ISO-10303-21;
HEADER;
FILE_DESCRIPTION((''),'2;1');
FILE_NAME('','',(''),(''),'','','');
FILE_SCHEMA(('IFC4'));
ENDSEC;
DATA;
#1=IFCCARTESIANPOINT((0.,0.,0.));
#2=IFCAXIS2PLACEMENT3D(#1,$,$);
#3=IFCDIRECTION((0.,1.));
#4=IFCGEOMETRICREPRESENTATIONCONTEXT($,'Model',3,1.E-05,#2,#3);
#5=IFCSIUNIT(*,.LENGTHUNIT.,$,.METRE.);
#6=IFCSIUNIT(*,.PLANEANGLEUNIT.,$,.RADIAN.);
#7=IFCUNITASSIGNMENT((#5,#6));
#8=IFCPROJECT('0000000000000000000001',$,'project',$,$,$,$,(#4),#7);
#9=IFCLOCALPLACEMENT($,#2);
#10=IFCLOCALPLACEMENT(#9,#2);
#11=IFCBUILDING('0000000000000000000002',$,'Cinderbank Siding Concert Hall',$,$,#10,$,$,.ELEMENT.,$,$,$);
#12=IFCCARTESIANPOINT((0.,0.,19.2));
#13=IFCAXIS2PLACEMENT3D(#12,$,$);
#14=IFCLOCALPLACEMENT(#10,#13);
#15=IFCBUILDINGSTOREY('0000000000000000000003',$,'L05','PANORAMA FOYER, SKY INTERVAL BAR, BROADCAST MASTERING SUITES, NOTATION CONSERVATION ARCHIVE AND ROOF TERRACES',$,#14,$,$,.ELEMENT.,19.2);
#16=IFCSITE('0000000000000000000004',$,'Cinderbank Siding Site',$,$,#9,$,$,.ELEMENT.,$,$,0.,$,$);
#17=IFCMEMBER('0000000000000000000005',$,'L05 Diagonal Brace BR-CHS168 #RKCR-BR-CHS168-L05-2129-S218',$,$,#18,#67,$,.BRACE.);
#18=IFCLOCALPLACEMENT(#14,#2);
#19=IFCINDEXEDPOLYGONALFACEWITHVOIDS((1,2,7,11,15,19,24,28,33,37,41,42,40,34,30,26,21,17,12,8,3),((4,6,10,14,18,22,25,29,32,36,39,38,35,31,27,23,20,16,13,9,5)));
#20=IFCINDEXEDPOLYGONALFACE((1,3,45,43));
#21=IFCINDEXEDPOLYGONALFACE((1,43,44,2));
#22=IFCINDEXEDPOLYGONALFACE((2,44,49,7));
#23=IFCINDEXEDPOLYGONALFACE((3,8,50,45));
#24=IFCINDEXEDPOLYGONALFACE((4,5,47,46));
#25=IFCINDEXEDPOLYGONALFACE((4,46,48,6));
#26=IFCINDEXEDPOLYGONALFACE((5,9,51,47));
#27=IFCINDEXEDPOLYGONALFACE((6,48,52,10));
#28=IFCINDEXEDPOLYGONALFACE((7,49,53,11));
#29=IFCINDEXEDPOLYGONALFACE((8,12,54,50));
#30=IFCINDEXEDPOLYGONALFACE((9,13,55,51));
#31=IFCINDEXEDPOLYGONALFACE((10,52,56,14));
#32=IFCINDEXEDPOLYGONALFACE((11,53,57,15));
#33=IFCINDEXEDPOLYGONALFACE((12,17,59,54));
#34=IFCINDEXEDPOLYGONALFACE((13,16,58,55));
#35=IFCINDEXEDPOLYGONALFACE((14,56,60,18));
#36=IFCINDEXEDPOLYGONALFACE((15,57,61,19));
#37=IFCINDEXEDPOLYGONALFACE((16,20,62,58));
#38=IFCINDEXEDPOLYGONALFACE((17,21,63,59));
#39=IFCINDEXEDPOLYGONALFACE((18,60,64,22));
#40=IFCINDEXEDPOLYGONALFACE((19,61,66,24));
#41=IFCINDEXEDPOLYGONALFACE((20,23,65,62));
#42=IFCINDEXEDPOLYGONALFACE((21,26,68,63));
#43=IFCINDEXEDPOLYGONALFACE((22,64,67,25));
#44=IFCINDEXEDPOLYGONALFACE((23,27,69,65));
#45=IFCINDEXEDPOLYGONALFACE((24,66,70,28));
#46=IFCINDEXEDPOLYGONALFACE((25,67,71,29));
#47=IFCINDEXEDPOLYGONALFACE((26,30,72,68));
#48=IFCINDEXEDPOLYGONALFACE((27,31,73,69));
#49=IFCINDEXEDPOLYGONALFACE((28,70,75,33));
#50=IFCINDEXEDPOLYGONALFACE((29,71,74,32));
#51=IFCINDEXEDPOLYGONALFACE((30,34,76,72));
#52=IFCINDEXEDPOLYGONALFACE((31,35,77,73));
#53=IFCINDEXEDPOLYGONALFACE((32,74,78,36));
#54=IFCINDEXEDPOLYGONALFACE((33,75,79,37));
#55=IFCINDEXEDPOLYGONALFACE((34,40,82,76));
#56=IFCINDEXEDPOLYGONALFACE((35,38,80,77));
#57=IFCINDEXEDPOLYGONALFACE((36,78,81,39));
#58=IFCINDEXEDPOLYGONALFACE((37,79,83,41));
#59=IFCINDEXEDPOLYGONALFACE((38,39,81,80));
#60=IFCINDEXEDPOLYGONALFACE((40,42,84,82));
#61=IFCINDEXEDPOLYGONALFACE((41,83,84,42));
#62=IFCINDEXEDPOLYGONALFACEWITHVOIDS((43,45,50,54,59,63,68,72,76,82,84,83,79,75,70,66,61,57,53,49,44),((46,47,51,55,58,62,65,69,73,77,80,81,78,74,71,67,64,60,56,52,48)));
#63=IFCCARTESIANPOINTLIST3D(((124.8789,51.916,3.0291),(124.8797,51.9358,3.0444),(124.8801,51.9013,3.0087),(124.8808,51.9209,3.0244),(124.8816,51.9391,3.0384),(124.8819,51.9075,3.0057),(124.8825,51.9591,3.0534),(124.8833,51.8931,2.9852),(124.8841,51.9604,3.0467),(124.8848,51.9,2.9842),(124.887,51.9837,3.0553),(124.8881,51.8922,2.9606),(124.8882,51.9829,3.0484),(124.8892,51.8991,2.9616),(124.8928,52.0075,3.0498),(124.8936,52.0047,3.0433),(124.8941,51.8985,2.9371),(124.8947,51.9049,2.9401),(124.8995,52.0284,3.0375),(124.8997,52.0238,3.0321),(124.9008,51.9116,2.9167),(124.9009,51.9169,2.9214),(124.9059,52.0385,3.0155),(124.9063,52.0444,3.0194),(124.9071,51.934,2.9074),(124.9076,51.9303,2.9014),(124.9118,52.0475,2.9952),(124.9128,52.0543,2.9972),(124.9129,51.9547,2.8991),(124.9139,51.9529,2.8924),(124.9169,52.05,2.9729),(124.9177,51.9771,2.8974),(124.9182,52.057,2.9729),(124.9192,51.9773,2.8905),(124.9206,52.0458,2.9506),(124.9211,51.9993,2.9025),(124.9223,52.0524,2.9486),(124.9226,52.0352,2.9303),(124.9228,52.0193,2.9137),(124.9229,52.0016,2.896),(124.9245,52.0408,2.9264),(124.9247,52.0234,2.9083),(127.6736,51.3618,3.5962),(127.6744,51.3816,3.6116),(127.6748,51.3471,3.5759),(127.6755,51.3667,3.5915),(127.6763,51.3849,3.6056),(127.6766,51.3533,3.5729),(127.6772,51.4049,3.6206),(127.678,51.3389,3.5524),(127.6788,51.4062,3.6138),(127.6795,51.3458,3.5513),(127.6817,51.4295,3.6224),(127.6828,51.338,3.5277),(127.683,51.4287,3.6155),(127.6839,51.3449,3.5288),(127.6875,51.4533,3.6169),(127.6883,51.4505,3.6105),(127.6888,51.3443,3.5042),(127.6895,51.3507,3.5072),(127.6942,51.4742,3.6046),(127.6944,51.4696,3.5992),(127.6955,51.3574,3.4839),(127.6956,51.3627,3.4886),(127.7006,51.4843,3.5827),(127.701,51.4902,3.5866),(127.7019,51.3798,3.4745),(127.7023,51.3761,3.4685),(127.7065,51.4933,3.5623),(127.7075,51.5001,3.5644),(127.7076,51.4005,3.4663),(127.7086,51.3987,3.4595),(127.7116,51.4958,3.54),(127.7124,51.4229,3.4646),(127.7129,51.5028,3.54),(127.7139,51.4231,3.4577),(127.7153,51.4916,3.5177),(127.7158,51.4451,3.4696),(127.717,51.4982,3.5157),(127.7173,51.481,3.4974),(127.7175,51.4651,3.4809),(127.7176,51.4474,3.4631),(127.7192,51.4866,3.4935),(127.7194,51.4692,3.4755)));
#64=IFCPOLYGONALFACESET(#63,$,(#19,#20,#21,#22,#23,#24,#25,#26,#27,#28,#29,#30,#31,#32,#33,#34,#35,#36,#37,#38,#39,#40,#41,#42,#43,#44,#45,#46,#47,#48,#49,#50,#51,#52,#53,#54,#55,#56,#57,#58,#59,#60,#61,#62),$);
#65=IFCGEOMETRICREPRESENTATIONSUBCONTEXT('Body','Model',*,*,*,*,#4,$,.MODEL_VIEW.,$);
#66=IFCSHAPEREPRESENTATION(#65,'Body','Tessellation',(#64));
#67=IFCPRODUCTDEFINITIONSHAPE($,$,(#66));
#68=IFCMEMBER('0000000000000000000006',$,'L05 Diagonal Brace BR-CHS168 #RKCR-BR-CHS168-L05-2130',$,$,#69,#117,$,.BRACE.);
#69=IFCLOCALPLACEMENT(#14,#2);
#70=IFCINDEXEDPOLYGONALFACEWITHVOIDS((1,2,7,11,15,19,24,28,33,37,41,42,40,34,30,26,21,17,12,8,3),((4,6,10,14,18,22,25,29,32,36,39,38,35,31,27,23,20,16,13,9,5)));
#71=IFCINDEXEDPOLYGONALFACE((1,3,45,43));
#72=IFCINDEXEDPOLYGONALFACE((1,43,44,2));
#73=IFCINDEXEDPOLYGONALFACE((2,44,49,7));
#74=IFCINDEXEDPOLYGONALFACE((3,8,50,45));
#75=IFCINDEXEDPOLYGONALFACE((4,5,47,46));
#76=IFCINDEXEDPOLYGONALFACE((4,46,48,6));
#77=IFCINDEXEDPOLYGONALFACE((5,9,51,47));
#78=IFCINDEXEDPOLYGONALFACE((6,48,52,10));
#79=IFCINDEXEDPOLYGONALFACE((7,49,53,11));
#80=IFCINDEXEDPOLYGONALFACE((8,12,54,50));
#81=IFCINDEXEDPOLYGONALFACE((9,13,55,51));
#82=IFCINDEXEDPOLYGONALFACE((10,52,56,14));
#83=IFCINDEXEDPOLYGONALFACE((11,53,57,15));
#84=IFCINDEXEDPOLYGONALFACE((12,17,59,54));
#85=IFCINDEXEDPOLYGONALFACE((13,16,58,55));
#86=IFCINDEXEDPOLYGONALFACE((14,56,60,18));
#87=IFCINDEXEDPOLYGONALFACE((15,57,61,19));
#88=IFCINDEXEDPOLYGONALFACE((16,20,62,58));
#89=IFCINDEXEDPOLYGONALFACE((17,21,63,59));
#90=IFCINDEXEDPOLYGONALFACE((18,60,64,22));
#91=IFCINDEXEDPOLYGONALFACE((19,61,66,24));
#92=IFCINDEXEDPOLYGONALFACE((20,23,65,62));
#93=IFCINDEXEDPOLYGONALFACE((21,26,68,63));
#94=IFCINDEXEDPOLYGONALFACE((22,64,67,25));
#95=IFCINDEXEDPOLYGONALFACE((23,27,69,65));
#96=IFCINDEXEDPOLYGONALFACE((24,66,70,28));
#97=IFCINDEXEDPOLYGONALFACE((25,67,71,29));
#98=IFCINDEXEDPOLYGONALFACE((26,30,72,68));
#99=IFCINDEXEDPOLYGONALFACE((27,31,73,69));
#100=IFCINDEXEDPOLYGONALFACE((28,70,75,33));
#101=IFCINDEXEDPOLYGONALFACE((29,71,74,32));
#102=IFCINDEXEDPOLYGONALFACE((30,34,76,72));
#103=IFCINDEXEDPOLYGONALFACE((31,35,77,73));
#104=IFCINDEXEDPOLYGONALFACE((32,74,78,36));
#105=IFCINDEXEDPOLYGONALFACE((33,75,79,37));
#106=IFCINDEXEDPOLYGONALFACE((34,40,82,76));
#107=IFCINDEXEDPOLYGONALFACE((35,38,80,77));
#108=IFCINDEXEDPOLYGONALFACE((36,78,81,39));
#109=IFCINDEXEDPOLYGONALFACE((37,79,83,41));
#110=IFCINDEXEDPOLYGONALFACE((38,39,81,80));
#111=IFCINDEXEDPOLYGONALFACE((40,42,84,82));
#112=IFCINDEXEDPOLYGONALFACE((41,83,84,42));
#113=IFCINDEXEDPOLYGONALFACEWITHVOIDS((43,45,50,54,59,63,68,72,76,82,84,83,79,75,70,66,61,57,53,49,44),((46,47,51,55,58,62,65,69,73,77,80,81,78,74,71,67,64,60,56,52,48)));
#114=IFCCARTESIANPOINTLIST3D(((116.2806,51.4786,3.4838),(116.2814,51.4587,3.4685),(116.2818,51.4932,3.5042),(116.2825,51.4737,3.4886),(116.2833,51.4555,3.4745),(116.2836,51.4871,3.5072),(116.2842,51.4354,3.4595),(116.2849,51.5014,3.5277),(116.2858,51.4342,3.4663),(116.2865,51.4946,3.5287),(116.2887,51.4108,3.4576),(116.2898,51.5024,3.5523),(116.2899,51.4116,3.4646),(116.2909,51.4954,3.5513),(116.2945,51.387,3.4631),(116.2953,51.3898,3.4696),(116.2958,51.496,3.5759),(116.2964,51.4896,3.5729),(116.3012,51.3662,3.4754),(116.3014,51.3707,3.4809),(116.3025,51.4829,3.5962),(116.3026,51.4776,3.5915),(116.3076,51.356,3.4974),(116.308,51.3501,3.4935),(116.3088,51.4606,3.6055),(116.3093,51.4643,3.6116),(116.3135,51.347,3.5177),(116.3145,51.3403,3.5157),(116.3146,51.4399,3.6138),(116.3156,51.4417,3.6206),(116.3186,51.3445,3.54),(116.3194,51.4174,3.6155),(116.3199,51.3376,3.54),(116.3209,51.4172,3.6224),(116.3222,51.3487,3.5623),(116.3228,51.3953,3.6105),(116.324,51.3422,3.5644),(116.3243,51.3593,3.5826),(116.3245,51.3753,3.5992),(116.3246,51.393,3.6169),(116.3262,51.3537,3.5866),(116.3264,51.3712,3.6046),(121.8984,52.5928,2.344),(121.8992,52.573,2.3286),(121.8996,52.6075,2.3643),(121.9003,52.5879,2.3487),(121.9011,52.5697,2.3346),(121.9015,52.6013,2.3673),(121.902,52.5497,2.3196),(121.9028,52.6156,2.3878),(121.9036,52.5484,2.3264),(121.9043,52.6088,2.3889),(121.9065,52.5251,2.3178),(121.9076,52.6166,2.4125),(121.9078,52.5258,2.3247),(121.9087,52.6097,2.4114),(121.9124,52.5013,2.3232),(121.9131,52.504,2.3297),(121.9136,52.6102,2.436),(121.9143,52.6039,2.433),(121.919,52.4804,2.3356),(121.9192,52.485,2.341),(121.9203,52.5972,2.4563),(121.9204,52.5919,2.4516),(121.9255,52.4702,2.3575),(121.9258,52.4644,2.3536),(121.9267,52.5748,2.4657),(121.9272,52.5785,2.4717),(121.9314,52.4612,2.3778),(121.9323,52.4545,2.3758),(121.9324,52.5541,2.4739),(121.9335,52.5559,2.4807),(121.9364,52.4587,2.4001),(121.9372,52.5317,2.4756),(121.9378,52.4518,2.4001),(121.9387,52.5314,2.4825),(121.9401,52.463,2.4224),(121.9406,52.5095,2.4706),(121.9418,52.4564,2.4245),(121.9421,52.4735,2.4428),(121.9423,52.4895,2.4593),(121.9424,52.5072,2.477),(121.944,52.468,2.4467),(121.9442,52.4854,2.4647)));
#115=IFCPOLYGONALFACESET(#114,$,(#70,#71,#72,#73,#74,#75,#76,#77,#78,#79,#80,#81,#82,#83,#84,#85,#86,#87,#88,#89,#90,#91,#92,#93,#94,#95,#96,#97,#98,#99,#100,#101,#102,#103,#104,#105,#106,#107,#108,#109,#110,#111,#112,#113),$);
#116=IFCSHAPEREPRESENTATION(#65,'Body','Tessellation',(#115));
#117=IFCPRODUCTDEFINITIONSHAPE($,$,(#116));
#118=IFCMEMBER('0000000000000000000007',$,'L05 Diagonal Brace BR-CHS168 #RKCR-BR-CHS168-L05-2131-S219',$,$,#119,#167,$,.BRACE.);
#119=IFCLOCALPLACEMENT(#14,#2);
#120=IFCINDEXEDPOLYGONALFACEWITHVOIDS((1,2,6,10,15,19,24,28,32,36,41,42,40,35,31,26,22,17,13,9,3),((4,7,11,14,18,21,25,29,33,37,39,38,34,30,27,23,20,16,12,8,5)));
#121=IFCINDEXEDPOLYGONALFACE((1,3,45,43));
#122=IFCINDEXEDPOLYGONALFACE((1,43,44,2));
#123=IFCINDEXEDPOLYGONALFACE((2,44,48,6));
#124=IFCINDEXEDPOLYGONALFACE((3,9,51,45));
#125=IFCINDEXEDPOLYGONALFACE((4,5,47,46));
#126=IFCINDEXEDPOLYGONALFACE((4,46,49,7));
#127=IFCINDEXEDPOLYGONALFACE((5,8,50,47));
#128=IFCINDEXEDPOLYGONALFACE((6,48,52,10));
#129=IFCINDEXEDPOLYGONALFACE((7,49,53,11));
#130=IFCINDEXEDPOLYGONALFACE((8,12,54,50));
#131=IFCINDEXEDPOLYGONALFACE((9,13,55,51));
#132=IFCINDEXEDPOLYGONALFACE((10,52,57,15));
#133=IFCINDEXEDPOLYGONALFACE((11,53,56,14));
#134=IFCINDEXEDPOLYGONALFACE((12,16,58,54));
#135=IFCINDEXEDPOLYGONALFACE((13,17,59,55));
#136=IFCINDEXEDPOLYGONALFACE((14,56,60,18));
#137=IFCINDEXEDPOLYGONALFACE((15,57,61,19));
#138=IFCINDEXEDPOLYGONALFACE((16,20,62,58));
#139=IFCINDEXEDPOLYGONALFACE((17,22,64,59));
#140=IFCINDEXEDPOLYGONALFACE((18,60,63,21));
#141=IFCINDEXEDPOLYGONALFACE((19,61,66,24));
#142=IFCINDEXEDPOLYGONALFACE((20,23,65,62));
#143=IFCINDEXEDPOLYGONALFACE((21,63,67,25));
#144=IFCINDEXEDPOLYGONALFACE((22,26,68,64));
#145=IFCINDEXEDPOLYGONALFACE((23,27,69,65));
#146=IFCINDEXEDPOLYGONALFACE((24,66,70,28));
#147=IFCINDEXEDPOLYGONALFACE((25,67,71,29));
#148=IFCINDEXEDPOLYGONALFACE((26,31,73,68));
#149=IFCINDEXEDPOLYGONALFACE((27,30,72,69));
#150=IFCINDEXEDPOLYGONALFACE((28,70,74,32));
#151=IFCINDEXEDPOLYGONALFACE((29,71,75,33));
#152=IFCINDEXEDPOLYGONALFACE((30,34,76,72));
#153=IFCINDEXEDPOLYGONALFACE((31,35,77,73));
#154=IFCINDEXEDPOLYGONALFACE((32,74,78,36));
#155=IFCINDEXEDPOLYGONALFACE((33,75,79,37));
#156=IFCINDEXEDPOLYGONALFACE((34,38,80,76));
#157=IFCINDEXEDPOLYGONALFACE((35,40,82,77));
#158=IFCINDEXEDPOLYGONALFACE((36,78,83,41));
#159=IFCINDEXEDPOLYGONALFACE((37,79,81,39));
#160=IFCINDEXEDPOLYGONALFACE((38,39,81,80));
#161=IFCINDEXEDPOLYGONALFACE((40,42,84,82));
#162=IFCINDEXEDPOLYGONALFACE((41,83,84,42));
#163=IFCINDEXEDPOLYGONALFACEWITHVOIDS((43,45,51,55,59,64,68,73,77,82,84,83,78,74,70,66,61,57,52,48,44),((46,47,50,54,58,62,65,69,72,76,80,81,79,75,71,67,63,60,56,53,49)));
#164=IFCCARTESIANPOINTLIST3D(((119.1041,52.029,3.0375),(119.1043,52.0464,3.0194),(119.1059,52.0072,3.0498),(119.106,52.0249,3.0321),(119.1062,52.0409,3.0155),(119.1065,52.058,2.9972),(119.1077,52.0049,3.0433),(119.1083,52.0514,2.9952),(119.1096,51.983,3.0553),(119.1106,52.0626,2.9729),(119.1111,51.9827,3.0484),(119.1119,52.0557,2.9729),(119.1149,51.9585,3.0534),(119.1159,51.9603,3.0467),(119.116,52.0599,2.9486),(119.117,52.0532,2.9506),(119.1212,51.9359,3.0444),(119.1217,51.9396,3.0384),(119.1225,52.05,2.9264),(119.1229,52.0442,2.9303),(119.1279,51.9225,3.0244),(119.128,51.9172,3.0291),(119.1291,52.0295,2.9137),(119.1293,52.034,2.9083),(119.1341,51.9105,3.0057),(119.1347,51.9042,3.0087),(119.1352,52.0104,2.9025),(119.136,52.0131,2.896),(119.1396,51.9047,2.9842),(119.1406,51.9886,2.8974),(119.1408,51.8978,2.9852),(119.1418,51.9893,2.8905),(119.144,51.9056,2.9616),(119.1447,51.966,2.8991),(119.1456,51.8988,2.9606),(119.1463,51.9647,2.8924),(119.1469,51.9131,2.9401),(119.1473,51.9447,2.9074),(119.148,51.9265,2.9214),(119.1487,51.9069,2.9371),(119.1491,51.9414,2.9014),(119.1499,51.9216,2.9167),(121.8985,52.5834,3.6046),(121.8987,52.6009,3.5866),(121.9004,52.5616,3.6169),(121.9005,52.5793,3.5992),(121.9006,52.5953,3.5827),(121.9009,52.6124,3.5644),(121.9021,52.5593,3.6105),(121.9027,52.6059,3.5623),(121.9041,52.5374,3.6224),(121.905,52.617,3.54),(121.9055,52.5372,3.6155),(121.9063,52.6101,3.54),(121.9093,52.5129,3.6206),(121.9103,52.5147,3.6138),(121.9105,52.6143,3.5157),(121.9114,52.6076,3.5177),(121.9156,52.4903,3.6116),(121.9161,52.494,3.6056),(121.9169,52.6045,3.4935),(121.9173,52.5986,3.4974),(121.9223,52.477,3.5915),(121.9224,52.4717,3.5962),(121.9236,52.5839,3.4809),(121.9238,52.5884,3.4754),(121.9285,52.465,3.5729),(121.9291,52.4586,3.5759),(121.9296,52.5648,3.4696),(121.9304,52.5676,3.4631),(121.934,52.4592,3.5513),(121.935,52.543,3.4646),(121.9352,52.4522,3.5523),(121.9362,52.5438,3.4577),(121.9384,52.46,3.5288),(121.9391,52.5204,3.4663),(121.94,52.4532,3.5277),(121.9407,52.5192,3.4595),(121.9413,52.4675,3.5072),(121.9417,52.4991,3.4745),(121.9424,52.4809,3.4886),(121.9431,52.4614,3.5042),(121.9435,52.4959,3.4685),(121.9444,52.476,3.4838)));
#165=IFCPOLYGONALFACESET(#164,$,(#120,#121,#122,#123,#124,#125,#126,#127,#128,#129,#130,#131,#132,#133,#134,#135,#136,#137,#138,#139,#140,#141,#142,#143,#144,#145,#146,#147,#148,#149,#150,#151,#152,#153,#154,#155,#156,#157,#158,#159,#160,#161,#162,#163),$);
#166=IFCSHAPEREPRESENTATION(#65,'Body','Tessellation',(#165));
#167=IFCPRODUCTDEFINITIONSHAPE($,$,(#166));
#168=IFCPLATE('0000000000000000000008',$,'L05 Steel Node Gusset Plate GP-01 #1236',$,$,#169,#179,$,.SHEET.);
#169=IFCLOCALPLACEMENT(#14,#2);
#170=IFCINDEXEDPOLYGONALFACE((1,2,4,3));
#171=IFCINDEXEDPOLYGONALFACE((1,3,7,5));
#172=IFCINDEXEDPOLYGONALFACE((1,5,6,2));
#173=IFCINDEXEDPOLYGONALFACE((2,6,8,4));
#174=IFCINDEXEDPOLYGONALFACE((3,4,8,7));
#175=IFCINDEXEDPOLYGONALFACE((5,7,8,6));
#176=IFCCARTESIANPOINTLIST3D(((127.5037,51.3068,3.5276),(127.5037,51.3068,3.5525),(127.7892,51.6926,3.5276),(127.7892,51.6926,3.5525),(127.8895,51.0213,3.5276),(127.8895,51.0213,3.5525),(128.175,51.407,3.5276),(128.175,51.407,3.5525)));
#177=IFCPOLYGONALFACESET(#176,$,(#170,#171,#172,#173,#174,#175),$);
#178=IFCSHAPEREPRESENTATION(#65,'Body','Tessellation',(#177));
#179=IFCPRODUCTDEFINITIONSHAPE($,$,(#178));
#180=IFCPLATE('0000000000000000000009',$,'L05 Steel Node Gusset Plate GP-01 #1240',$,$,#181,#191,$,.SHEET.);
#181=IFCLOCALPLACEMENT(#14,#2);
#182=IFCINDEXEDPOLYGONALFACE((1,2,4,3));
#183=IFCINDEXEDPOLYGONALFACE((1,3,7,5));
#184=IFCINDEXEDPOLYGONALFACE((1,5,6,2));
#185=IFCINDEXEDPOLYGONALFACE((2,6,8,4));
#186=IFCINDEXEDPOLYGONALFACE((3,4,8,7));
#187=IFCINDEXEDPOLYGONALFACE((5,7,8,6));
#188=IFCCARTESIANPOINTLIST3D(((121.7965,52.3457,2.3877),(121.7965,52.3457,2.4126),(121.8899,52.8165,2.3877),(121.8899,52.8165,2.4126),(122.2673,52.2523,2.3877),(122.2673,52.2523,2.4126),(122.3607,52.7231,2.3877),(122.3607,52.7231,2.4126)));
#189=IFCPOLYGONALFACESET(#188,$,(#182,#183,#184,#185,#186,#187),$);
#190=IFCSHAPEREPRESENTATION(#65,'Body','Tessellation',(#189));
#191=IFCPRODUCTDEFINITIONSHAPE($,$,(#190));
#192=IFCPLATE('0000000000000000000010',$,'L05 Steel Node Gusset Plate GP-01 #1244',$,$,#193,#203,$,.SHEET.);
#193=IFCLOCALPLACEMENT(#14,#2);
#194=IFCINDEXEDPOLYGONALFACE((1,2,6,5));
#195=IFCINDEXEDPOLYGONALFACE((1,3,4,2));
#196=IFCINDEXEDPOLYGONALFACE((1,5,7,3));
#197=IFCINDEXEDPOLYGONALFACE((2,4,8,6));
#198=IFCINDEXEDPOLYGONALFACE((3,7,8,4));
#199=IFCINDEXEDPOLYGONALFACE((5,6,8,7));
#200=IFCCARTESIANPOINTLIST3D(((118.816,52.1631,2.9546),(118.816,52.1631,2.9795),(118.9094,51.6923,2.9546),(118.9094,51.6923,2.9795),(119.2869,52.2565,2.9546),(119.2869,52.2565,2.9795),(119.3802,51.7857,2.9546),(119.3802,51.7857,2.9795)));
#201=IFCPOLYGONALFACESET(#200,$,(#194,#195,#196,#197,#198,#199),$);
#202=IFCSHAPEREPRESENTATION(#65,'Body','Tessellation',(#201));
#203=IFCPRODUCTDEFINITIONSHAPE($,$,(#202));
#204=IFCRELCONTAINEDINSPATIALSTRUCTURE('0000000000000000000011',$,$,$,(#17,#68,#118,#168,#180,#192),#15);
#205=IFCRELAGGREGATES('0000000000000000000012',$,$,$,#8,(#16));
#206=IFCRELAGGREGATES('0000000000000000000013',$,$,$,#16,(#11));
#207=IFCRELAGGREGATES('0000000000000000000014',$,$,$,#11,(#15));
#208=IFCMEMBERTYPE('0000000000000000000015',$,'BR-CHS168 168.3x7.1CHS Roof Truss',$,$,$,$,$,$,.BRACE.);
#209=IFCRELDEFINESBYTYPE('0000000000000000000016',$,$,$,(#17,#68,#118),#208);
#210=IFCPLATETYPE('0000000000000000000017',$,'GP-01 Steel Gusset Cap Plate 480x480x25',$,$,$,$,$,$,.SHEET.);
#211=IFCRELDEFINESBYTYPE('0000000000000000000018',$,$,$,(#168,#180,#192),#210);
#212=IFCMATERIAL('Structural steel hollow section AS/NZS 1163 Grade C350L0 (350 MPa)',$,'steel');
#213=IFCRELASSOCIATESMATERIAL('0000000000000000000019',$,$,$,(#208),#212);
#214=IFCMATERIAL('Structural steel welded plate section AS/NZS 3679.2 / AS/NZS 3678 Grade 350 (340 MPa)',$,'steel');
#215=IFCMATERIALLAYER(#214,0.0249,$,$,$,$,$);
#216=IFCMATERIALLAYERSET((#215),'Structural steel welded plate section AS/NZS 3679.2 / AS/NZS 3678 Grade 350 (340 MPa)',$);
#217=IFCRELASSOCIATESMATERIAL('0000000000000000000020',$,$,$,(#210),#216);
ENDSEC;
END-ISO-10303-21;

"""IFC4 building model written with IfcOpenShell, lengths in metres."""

from ifc_helpers import new_model, si_unit, direction, frame, origin, origin_2d, place, context, subcontext, project, spatial, rectangle, hollow_circle, extrude, material, layer, layer_set, material_profile, profile_set, type_object, element, save


model = new_model("IFC4")

# Units and contexts
model_context = context("Model", 3, precision=1e-05, world=origin(), true_north=direction((0.0, 1.0)))
body_context = subcontext(model_context, "Body", "Model", "MODEL_VIEW")
ifc_project = project(units=[si_unit("LENGTHUNIT", "METRE"), si_unit("PLANEANGLEUNIT", "RADIAN")], contexts=[model_context])

# Site, building, storey
site_placement = place(None, origin())
site = spatial("IfcSite", under=ifc_project, at=site_placement, Name="Cinderbank Siding Site", CompositionType="ELEMENT", RefElevation=0.0)
building_placement = place(site_placement, origin())
building = spatial("IfcBuilding", under=site, at=building_placement, Name="Cinderbank Siding Concert Hall", CompositionType="ELEMENT")
storey_placement = place(building_placement, frame((0.0, 0.0, 19.2)))
storey = spatial("IfcBuildingStorey", under=building, at=storey_placement, Name="L05", Description="PANORAMA FOYER, SKY INTERVAL BAR, BROADCAST MASTERING SUITES, NOTATION CONSERVATION ARCHIVE AND ROOF TERRACES", CompositionType="ELEMENT", Elevation=19.2)

# Shared definitions
ifc_material_1 = material(Name="Structural steel hollow section AS/NZS 1163 Grade C350L0 (350 MPa)", Category="steel")

# Members
ifc_material_profile_1 = material_profile(ifc_material_1, hollow_circle(Radius=0.0842, WallThickness=0.0071, at=origin_2d()), Name="168.3x7.1CHS", Category="LoadBearing")
ifc_profile_set_1 = profile_set([ifc_material_profile_1], Name="Structural steel hollow section AS/NZS 1163 Grade C350L0 (350 MPa)")
member_type = type_object("IfcMemberType", Name="BR-CHS168 168.3x7.1CHS Roof Truss", PredefinedType="BRACE", material=ifc_profile_set_1)
member_1_placement = place(storey_placement, frame((124.9019, 51.9744, 2.9729), z_axis=(0.962024, -0.190774, 0.195229), x_axis=(0.194517, 0.980899, 0.0)))
element("IfcMember", 1, at=member_1_placement, inside=storey, type_object=member_type, Name="L05 Diagonal Brace BR-CHS168 #RKCR-BR-CHS168-L05-2129-S218", PredefinedType="BRACE", context=body_context, shape_type="SweptSolid", body=[
    extrude(hollow_circle(Radius=0.0842, WallThickness=0.0071, at=origin_2d()), origin(), (0.0, 0.0, 1.0), 2.905),
])
member_2_placement = place(storey_placement, frame((121.9214, 52.5344, 2.4001), z_axis=(-0.962024, -0.190808, 0.195198), x_axis=(0.19455, -0.980893, 0.0)))
element("IfcMember", 2, at=member_2_placement, inside=storey, type_object=member_type, Name="L05 Diagonal Brace BR-CHS168 #RKCR-BR-CHS168-L05-2130", PredefinedType="BRACE", context=body_context, shape_type="SweptSolid", body=[
    extrude(hollow_circle(Radius=0.0842, WallThickness=0.0071, at=origin_2d()), origin(), (0.0, 0.0, 1.0), 5.8396),
])
member_3_placement = place(storey_placement, frame((119.127, 51.98, 2.9729), z_axis=(0.962003, 0.190871, 0.195241), x_axis=(-0.194616, 0.980879, 0.0)))
element("IfcMember", 3, at=member_3_placement, inside=storey, type_object=member_type, Name="L05 Diagonal Brace BR-CHS168 #RKCR-BR-CHS168-L05-2131-S219", PredefinedType="BRACE", context=body_context, shape_type="SweptSolid", body=[
    extrude(hollow_circle(Radius=0.0842, WallThickness=0.0071, at=origin_2d()), origin(), (0.0, 0.0, 1.0), 2.9048),
])

# Plates
ifc_material_2 = material(Name="Structural steel welded plate section AS/NZS 3679.2 / AS/NZS 3678 Grade 350 (340 MPa)", Category="steel")
ifc_layer_1 = layer(ifc_material_2, 0.0249)
ifc_layer_set_1 = layer_set([ifc_layer_1], Name="Structural steel welded plate section AS/NZS 3679.2 / AS/NZS 3678 Grade 350 (340 MPa)")
plate_type_1 = type_object("IfcPlateType", Name="GP-01 Steel Gusset Cap Plate 480x480x25", PredefinedType="SHEET", material=ifc_layer_set_1)
for number, where, z_axis, x_axis, name in (
    (4, (127.8394, 51.3569, 3.5276), (0.0, 0.0, 1.0), (-0.803753, 0.594963, 0.0), "L05 Steel Node Gusset Plate GP-01 #1236"),
    (5, (122.0786, 52.5344, 2.3877), (0.0, 0.0, 1.0), (0.980887, -0.194577, 0.0), "L05 Steel Node Gusset Plate GP-01 #1240"),
    (6, (119.0981, 51.9744, 2.9546), (0.0, 0.0, 1.0), (0.980887, 0.194577, 0.0), "L05 Steel Node Gusset Plate GP-01 #1244"),
):
    element("IfcPlate", number, at=place(storey_placement, frame(where, z_axis=z_axis, x_axis=x_axis)), inside=storey, type_object=plate_type_1, Name=name, PredefinedType="SHEET", context=body_context, shape_type="SweptSolid", body=[
        extrude(rectangle(XDim=0.48, YDim=0.48, at=origin_2d()), origin(), (0.0, 0.0, 1.0), 0.0249),
    ])

save(model, "model.ifc")
